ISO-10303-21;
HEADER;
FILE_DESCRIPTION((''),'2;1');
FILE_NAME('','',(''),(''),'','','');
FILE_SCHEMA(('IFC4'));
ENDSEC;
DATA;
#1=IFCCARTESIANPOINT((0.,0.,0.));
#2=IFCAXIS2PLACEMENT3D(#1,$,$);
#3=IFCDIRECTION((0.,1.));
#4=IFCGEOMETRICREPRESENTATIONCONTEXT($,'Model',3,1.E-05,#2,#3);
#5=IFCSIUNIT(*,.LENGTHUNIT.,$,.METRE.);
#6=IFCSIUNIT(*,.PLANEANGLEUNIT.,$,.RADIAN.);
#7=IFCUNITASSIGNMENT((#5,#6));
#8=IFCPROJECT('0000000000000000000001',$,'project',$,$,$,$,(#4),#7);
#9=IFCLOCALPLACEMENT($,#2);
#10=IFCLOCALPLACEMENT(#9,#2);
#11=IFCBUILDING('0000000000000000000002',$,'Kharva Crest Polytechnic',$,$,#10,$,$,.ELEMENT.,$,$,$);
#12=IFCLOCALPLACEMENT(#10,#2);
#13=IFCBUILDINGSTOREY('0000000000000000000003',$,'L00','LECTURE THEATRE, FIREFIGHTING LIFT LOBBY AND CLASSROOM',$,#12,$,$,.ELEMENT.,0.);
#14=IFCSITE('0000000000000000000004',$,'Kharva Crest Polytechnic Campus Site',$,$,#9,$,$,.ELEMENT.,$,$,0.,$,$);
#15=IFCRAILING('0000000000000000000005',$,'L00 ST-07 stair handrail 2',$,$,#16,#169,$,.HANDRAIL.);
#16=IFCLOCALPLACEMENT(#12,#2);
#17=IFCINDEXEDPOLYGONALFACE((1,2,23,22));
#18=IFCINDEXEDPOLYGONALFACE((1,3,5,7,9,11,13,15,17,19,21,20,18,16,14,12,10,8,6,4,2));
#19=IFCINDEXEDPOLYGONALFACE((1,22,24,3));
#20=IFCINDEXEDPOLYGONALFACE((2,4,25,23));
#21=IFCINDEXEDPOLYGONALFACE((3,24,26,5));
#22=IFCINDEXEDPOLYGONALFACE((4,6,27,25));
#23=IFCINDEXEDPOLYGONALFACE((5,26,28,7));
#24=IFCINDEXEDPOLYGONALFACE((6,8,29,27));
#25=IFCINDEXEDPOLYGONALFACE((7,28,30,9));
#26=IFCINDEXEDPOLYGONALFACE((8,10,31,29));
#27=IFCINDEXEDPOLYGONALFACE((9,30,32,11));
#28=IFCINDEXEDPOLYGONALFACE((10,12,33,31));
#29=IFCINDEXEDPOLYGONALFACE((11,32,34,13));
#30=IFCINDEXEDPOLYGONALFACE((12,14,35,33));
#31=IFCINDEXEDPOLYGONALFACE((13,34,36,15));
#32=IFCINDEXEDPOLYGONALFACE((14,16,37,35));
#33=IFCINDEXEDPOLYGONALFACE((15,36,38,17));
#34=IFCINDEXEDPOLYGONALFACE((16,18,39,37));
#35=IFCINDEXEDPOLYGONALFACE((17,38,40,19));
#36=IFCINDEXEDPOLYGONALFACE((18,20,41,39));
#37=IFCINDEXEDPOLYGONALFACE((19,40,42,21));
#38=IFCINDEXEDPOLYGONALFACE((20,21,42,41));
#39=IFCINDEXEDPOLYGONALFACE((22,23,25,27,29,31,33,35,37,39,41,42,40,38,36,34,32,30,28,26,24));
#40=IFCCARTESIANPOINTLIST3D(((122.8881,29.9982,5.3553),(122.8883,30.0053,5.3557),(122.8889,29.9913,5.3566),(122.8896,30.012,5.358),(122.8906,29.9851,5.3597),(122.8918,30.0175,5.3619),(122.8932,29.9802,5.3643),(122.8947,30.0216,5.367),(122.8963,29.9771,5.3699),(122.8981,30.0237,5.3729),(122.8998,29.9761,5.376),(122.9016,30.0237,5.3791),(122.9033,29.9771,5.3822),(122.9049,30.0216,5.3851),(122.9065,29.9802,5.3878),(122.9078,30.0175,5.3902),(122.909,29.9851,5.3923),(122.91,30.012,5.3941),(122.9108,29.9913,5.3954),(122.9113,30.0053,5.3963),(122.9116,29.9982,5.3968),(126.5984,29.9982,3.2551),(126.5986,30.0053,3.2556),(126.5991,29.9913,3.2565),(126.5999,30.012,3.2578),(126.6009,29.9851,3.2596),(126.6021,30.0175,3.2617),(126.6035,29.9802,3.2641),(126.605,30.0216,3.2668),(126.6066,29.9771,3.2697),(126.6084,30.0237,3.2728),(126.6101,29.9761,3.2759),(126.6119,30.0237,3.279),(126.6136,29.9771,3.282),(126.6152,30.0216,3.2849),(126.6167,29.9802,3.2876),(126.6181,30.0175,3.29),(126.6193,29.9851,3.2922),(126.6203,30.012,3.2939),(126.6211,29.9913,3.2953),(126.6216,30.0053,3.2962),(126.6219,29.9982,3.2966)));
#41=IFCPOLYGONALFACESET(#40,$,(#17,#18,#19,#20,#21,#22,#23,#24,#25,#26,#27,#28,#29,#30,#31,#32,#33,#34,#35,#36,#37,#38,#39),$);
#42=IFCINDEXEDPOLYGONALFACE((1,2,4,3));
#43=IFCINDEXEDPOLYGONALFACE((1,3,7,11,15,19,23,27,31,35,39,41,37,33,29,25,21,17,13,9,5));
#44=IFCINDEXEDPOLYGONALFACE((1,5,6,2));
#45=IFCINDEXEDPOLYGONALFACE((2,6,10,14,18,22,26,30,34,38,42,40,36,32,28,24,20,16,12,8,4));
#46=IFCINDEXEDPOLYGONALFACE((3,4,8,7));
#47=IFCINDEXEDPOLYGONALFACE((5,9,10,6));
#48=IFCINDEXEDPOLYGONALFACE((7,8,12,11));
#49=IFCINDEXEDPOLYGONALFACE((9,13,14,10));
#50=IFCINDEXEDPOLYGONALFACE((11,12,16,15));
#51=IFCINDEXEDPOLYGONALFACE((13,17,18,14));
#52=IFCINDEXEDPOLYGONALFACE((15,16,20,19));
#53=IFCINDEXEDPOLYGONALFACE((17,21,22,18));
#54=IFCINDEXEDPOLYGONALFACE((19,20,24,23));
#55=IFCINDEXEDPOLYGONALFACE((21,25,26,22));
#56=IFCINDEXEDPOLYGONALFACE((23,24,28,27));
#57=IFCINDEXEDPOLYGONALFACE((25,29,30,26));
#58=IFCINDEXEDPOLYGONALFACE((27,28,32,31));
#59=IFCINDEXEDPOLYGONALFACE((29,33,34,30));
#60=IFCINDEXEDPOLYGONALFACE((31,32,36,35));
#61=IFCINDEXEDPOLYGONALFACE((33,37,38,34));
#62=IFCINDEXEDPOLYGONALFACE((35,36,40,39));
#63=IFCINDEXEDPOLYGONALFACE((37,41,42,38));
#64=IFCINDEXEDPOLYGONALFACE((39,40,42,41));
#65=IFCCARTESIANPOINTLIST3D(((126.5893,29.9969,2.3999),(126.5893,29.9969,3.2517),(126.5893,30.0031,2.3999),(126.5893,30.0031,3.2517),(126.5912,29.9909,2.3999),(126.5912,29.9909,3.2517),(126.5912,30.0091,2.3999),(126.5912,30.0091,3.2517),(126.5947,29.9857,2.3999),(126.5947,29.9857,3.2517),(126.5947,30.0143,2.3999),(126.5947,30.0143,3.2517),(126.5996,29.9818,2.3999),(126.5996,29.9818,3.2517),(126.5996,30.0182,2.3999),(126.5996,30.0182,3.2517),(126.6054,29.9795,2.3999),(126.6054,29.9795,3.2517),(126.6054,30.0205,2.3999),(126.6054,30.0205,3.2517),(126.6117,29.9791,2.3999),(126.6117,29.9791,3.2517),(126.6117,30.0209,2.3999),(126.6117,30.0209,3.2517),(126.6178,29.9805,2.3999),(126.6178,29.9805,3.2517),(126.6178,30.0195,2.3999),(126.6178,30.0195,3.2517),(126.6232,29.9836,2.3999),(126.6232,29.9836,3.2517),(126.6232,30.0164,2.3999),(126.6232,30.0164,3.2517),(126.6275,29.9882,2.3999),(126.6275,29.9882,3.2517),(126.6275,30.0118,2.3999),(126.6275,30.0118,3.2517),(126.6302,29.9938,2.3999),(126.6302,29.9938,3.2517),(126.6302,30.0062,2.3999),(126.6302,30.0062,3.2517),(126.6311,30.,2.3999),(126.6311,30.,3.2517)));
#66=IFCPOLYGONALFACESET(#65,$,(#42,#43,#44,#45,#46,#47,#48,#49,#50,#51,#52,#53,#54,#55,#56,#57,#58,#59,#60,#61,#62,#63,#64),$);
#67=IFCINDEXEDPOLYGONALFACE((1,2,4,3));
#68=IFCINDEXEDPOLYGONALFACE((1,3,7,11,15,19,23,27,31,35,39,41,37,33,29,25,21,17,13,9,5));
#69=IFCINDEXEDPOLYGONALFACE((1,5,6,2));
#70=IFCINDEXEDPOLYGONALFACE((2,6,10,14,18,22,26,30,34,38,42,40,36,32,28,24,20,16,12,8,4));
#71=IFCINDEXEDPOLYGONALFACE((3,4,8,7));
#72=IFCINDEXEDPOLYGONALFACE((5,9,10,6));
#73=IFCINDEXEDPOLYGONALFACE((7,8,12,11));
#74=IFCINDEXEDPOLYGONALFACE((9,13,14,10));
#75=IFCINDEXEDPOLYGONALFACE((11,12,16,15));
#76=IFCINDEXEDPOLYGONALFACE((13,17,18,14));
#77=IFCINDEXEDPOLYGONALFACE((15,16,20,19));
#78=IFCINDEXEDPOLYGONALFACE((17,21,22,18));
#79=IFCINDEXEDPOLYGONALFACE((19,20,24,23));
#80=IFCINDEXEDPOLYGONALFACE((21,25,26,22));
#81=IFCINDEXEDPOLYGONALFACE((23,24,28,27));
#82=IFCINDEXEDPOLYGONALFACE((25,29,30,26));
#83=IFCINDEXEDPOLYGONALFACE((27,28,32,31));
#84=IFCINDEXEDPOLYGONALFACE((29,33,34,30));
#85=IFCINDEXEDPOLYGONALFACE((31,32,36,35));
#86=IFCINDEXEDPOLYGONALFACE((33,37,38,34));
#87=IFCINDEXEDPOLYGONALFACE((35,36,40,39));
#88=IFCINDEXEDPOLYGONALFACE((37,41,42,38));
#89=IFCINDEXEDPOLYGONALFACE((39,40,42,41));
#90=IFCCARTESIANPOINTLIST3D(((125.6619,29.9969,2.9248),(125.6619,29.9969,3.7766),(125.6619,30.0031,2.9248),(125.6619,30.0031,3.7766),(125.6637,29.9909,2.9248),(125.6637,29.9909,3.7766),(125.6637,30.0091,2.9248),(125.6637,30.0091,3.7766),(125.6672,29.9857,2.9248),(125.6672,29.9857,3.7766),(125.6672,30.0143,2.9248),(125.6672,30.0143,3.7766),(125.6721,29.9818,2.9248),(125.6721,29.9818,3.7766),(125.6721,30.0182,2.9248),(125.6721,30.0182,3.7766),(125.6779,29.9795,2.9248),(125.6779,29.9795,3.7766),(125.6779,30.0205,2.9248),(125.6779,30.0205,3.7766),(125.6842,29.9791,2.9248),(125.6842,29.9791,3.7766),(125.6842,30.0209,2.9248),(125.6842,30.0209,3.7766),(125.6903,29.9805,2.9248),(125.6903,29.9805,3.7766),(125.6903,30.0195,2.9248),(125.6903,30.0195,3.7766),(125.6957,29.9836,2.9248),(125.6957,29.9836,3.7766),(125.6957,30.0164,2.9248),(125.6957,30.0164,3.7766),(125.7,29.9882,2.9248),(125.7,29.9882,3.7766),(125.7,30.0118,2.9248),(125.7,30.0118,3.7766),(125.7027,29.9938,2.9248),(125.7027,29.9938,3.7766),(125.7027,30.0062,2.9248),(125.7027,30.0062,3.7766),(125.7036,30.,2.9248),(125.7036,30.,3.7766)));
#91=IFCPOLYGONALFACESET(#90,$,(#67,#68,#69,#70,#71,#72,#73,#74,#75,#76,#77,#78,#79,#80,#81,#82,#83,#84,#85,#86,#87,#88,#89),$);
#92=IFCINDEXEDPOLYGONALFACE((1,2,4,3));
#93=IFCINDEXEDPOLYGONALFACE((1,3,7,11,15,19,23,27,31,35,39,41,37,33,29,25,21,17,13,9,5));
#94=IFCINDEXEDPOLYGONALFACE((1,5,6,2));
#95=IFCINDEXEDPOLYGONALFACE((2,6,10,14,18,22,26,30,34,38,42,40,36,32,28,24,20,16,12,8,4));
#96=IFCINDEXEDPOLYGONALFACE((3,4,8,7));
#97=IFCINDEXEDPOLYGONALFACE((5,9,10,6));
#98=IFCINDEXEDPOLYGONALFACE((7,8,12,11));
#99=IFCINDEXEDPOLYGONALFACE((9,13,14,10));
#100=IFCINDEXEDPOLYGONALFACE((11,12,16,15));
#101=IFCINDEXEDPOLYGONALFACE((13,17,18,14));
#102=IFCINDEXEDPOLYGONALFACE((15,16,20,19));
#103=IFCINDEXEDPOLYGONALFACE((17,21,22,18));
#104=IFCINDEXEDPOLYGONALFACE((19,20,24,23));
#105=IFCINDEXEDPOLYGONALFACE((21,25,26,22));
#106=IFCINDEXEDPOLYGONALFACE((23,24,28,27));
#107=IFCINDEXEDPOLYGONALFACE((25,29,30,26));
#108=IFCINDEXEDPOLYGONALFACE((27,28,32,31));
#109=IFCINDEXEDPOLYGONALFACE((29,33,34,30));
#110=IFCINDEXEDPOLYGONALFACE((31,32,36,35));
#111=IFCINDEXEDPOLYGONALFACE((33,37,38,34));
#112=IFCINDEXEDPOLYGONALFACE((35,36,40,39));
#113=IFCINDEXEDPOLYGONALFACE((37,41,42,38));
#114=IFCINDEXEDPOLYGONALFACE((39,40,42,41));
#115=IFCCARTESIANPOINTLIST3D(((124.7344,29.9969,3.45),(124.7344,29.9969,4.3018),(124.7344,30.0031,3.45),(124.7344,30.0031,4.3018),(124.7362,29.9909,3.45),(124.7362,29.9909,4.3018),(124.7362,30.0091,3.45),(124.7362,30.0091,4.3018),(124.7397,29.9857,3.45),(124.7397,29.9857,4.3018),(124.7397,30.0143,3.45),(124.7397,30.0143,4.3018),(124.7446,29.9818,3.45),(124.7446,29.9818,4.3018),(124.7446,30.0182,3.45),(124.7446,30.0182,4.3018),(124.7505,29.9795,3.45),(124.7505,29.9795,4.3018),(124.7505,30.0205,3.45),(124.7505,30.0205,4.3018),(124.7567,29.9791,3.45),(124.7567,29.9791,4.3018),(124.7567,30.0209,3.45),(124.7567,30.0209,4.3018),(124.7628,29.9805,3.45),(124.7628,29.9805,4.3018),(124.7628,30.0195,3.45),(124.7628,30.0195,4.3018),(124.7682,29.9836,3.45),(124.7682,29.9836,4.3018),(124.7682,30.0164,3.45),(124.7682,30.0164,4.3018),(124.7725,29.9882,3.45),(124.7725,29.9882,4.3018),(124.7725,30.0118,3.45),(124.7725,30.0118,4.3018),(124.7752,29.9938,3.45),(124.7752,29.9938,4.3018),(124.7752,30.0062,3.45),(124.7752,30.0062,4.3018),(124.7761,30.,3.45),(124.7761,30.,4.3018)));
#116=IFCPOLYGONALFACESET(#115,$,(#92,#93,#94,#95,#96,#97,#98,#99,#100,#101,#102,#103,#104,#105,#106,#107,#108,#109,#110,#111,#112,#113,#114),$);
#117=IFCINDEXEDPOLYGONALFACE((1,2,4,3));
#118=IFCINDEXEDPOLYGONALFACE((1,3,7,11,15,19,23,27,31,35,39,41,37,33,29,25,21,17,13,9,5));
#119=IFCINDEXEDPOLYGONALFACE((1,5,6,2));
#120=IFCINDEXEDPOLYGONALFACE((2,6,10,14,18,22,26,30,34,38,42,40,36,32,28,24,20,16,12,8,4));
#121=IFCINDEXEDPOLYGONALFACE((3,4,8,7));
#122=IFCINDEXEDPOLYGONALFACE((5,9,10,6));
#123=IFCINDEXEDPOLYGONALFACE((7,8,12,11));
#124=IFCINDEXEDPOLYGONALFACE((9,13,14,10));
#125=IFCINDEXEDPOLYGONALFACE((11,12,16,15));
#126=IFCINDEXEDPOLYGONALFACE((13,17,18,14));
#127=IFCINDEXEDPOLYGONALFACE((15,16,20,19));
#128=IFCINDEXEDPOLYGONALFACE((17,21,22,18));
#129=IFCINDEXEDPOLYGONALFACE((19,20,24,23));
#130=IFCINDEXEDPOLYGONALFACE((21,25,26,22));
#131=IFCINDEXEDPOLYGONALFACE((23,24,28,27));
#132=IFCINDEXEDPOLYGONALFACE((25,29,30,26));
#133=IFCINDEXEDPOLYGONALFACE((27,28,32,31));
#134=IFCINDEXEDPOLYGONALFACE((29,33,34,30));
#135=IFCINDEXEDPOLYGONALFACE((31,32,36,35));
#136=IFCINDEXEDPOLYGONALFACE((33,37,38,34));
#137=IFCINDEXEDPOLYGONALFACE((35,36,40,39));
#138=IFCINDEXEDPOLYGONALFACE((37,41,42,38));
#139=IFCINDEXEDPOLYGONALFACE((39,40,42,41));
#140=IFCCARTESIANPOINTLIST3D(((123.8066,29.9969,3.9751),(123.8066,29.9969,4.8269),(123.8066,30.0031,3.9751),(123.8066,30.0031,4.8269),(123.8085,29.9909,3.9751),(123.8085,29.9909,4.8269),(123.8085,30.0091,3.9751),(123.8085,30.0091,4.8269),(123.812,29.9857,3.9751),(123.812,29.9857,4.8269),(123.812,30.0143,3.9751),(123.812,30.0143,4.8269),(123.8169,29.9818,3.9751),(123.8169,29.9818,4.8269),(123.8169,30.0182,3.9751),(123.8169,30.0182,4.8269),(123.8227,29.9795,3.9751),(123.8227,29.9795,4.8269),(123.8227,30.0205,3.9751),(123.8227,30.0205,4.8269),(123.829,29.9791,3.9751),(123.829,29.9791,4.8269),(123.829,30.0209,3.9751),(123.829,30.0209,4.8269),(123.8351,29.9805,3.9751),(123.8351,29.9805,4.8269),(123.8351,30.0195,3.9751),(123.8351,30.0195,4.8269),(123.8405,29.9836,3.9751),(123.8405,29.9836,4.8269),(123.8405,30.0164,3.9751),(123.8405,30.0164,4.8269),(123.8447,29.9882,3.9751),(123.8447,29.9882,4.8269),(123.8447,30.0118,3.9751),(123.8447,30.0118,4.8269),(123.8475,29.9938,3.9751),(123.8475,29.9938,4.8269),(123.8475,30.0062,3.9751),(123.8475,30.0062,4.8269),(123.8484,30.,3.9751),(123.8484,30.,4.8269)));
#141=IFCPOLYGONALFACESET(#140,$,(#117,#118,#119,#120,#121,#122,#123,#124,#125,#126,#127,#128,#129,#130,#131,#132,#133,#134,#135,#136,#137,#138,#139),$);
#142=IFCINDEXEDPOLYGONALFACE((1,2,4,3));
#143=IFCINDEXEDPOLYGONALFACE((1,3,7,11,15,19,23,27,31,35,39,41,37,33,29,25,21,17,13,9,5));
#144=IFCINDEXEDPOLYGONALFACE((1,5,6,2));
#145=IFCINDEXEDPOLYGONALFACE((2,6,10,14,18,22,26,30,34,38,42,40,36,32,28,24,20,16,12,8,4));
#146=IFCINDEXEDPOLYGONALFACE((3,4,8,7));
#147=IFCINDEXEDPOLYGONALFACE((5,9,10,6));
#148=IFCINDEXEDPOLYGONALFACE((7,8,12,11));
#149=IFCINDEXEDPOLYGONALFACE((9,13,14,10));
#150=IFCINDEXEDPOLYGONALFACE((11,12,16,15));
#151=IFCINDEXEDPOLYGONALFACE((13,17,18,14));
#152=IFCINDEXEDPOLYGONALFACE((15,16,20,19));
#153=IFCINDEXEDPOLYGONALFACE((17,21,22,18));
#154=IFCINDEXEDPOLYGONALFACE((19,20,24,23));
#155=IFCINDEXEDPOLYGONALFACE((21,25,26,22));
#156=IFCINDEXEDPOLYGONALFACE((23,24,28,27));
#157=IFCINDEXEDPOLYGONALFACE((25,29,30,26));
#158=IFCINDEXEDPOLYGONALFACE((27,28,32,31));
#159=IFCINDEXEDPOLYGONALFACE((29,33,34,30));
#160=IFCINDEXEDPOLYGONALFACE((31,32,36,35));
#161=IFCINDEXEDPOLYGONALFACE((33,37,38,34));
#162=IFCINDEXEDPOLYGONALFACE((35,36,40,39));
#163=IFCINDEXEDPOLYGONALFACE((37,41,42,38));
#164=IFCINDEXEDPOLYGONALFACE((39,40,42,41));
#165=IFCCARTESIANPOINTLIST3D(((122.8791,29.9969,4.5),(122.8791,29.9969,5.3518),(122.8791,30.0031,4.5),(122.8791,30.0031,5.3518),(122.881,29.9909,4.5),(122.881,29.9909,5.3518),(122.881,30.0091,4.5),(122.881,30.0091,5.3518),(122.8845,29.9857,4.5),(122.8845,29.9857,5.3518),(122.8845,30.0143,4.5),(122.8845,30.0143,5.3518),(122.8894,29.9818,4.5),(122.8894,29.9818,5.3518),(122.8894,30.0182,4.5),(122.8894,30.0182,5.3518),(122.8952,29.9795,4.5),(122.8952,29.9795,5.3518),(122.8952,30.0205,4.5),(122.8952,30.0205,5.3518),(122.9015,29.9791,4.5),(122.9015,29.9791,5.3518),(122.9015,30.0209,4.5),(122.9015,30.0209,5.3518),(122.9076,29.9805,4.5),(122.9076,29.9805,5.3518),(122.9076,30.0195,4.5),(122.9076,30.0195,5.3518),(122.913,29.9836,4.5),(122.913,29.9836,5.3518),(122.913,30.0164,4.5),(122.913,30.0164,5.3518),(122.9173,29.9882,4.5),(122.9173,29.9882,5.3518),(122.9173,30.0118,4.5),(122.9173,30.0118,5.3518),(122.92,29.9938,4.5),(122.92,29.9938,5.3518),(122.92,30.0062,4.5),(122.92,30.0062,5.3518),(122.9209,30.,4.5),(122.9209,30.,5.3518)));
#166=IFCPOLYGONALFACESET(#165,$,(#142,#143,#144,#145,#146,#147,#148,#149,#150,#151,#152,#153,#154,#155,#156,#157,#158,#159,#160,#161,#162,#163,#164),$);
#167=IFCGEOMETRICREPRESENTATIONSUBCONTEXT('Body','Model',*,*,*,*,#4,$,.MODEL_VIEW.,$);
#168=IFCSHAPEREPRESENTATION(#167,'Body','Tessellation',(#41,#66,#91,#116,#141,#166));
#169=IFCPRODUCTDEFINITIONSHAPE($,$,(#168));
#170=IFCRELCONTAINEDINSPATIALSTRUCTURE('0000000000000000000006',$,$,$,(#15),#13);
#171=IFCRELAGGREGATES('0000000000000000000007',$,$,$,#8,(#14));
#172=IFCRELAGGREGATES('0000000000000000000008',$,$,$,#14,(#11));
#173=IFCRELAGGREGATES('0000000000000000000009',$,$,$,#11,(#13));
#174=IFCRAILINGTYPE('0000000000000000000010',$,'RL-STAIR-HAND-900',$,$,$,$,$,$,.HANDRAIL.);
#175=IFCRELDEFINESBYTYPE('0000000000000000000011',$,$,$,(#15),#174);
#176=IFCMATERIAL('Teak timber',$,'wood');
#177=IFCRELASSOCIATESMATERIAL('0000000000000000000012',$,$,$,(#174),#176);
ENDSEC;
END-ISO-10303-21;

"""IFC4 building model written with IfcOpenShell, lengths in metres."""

from ifc_helpers import new_model, si_unit, direction, frame, origin, origin_2d, place, context, subcontext, project, spatial, circle, extrude, material, type_object, element, save


model = new_model("IFC4")

# Units and contexts
model_context = context("Model", 3, precision=1e-05, world=origin(), true_north=direction((0.0, 1.0)))
body_context = subcontext(model_context, "Body", "Model", "MODEL_VIEW")
ifc_project = project(units=[si_unit("LENGTHUNIT", "METRE"), si_unit("PLANEANGLEUNIT", "RADIAN")], contexts=[model_context])

# Site, building, storey
site_placement = place(None, origin())
site = spatial("IfcSite", under=ifc_project, at=site_placement, Name="Kharva Crest Polytechnic Campus Site", CompositionType="ELEMENT", RefElevation=0.0)
building_placement = place(site_placement, origin())
building = spatial("IfcBuilding", under=site, at=building_placement, Name="Kharva Crest Polytechnic", CompositionType="ELEMENT")
storey_placement = place(building_placement, origin())
storey = spatial("IfcBuildingStorey", under=building, at=storey_placement, Name="L00", Description="LECTURE THEATRE, FIREFIGHTING LIFT LOBBY AND CLASSROOM", CompositionType="ELEMENT", Elevation=0.0)

# Shared definitions
ifc_material_1 = material(Name="Teak timber", Category="wood")

# Railing
railing_type_1 = type_object("IfcRailingType", Name="RL-STAIR-HAND-900", PredefinedType="HANDRAIL", material=ifc_material_1)
railing_1_placement = place(storey_placement, frame((126.6101, 30.0, 2.3999)))
element("IfcRailing", 1, at=railing_1_placement, inside=storey, type_object=railing_type_1, Name="L00 ST-07 stair handrail 2", PredefinedType="HANDRAIL", context=body_context, shape_type="SweptSolid", body=[
    extrude(circle(Radius=0.0239, at=origin_2d()), frame((0.0, 0.0, 0.876), z_axis=(-0.870259, 0.0, 0.492595), x_axis=(0.0, -1.0, 0.0)), (0.0, 0.0, 1.0), 4.2634),
    extrude(circle(Radius=0.021, at=origin_2d()), origin(), (0.0, 0.0, 1.0), 0.8518),
    extrude(circle(Radius=0.021, at=origin_2d()), frame((-0.9275, 0.0, 0.5249)), (0.0, 0.0, 1.0), 0.8518),
    extrude(circle(Radius=0.021, at=origin_2d()), frame((-1.855, 0.0, 1.05)), (0.0, 0.0, 1.0), 0.8518),
    extrude(circle(Radius=0.021, at=origin_2d()), frame((-2.7827, 0.0, 1.5752)), (0.0, 0.0, 1.0), 0.8518),
    extrude(circle(Radius=0.021, at=origin_2d()), frame((-3.7102, 0.0, 2.1001)), (0.0, 0.0, 1.0), 0.8518),
])

save(model, "model.ifc")
